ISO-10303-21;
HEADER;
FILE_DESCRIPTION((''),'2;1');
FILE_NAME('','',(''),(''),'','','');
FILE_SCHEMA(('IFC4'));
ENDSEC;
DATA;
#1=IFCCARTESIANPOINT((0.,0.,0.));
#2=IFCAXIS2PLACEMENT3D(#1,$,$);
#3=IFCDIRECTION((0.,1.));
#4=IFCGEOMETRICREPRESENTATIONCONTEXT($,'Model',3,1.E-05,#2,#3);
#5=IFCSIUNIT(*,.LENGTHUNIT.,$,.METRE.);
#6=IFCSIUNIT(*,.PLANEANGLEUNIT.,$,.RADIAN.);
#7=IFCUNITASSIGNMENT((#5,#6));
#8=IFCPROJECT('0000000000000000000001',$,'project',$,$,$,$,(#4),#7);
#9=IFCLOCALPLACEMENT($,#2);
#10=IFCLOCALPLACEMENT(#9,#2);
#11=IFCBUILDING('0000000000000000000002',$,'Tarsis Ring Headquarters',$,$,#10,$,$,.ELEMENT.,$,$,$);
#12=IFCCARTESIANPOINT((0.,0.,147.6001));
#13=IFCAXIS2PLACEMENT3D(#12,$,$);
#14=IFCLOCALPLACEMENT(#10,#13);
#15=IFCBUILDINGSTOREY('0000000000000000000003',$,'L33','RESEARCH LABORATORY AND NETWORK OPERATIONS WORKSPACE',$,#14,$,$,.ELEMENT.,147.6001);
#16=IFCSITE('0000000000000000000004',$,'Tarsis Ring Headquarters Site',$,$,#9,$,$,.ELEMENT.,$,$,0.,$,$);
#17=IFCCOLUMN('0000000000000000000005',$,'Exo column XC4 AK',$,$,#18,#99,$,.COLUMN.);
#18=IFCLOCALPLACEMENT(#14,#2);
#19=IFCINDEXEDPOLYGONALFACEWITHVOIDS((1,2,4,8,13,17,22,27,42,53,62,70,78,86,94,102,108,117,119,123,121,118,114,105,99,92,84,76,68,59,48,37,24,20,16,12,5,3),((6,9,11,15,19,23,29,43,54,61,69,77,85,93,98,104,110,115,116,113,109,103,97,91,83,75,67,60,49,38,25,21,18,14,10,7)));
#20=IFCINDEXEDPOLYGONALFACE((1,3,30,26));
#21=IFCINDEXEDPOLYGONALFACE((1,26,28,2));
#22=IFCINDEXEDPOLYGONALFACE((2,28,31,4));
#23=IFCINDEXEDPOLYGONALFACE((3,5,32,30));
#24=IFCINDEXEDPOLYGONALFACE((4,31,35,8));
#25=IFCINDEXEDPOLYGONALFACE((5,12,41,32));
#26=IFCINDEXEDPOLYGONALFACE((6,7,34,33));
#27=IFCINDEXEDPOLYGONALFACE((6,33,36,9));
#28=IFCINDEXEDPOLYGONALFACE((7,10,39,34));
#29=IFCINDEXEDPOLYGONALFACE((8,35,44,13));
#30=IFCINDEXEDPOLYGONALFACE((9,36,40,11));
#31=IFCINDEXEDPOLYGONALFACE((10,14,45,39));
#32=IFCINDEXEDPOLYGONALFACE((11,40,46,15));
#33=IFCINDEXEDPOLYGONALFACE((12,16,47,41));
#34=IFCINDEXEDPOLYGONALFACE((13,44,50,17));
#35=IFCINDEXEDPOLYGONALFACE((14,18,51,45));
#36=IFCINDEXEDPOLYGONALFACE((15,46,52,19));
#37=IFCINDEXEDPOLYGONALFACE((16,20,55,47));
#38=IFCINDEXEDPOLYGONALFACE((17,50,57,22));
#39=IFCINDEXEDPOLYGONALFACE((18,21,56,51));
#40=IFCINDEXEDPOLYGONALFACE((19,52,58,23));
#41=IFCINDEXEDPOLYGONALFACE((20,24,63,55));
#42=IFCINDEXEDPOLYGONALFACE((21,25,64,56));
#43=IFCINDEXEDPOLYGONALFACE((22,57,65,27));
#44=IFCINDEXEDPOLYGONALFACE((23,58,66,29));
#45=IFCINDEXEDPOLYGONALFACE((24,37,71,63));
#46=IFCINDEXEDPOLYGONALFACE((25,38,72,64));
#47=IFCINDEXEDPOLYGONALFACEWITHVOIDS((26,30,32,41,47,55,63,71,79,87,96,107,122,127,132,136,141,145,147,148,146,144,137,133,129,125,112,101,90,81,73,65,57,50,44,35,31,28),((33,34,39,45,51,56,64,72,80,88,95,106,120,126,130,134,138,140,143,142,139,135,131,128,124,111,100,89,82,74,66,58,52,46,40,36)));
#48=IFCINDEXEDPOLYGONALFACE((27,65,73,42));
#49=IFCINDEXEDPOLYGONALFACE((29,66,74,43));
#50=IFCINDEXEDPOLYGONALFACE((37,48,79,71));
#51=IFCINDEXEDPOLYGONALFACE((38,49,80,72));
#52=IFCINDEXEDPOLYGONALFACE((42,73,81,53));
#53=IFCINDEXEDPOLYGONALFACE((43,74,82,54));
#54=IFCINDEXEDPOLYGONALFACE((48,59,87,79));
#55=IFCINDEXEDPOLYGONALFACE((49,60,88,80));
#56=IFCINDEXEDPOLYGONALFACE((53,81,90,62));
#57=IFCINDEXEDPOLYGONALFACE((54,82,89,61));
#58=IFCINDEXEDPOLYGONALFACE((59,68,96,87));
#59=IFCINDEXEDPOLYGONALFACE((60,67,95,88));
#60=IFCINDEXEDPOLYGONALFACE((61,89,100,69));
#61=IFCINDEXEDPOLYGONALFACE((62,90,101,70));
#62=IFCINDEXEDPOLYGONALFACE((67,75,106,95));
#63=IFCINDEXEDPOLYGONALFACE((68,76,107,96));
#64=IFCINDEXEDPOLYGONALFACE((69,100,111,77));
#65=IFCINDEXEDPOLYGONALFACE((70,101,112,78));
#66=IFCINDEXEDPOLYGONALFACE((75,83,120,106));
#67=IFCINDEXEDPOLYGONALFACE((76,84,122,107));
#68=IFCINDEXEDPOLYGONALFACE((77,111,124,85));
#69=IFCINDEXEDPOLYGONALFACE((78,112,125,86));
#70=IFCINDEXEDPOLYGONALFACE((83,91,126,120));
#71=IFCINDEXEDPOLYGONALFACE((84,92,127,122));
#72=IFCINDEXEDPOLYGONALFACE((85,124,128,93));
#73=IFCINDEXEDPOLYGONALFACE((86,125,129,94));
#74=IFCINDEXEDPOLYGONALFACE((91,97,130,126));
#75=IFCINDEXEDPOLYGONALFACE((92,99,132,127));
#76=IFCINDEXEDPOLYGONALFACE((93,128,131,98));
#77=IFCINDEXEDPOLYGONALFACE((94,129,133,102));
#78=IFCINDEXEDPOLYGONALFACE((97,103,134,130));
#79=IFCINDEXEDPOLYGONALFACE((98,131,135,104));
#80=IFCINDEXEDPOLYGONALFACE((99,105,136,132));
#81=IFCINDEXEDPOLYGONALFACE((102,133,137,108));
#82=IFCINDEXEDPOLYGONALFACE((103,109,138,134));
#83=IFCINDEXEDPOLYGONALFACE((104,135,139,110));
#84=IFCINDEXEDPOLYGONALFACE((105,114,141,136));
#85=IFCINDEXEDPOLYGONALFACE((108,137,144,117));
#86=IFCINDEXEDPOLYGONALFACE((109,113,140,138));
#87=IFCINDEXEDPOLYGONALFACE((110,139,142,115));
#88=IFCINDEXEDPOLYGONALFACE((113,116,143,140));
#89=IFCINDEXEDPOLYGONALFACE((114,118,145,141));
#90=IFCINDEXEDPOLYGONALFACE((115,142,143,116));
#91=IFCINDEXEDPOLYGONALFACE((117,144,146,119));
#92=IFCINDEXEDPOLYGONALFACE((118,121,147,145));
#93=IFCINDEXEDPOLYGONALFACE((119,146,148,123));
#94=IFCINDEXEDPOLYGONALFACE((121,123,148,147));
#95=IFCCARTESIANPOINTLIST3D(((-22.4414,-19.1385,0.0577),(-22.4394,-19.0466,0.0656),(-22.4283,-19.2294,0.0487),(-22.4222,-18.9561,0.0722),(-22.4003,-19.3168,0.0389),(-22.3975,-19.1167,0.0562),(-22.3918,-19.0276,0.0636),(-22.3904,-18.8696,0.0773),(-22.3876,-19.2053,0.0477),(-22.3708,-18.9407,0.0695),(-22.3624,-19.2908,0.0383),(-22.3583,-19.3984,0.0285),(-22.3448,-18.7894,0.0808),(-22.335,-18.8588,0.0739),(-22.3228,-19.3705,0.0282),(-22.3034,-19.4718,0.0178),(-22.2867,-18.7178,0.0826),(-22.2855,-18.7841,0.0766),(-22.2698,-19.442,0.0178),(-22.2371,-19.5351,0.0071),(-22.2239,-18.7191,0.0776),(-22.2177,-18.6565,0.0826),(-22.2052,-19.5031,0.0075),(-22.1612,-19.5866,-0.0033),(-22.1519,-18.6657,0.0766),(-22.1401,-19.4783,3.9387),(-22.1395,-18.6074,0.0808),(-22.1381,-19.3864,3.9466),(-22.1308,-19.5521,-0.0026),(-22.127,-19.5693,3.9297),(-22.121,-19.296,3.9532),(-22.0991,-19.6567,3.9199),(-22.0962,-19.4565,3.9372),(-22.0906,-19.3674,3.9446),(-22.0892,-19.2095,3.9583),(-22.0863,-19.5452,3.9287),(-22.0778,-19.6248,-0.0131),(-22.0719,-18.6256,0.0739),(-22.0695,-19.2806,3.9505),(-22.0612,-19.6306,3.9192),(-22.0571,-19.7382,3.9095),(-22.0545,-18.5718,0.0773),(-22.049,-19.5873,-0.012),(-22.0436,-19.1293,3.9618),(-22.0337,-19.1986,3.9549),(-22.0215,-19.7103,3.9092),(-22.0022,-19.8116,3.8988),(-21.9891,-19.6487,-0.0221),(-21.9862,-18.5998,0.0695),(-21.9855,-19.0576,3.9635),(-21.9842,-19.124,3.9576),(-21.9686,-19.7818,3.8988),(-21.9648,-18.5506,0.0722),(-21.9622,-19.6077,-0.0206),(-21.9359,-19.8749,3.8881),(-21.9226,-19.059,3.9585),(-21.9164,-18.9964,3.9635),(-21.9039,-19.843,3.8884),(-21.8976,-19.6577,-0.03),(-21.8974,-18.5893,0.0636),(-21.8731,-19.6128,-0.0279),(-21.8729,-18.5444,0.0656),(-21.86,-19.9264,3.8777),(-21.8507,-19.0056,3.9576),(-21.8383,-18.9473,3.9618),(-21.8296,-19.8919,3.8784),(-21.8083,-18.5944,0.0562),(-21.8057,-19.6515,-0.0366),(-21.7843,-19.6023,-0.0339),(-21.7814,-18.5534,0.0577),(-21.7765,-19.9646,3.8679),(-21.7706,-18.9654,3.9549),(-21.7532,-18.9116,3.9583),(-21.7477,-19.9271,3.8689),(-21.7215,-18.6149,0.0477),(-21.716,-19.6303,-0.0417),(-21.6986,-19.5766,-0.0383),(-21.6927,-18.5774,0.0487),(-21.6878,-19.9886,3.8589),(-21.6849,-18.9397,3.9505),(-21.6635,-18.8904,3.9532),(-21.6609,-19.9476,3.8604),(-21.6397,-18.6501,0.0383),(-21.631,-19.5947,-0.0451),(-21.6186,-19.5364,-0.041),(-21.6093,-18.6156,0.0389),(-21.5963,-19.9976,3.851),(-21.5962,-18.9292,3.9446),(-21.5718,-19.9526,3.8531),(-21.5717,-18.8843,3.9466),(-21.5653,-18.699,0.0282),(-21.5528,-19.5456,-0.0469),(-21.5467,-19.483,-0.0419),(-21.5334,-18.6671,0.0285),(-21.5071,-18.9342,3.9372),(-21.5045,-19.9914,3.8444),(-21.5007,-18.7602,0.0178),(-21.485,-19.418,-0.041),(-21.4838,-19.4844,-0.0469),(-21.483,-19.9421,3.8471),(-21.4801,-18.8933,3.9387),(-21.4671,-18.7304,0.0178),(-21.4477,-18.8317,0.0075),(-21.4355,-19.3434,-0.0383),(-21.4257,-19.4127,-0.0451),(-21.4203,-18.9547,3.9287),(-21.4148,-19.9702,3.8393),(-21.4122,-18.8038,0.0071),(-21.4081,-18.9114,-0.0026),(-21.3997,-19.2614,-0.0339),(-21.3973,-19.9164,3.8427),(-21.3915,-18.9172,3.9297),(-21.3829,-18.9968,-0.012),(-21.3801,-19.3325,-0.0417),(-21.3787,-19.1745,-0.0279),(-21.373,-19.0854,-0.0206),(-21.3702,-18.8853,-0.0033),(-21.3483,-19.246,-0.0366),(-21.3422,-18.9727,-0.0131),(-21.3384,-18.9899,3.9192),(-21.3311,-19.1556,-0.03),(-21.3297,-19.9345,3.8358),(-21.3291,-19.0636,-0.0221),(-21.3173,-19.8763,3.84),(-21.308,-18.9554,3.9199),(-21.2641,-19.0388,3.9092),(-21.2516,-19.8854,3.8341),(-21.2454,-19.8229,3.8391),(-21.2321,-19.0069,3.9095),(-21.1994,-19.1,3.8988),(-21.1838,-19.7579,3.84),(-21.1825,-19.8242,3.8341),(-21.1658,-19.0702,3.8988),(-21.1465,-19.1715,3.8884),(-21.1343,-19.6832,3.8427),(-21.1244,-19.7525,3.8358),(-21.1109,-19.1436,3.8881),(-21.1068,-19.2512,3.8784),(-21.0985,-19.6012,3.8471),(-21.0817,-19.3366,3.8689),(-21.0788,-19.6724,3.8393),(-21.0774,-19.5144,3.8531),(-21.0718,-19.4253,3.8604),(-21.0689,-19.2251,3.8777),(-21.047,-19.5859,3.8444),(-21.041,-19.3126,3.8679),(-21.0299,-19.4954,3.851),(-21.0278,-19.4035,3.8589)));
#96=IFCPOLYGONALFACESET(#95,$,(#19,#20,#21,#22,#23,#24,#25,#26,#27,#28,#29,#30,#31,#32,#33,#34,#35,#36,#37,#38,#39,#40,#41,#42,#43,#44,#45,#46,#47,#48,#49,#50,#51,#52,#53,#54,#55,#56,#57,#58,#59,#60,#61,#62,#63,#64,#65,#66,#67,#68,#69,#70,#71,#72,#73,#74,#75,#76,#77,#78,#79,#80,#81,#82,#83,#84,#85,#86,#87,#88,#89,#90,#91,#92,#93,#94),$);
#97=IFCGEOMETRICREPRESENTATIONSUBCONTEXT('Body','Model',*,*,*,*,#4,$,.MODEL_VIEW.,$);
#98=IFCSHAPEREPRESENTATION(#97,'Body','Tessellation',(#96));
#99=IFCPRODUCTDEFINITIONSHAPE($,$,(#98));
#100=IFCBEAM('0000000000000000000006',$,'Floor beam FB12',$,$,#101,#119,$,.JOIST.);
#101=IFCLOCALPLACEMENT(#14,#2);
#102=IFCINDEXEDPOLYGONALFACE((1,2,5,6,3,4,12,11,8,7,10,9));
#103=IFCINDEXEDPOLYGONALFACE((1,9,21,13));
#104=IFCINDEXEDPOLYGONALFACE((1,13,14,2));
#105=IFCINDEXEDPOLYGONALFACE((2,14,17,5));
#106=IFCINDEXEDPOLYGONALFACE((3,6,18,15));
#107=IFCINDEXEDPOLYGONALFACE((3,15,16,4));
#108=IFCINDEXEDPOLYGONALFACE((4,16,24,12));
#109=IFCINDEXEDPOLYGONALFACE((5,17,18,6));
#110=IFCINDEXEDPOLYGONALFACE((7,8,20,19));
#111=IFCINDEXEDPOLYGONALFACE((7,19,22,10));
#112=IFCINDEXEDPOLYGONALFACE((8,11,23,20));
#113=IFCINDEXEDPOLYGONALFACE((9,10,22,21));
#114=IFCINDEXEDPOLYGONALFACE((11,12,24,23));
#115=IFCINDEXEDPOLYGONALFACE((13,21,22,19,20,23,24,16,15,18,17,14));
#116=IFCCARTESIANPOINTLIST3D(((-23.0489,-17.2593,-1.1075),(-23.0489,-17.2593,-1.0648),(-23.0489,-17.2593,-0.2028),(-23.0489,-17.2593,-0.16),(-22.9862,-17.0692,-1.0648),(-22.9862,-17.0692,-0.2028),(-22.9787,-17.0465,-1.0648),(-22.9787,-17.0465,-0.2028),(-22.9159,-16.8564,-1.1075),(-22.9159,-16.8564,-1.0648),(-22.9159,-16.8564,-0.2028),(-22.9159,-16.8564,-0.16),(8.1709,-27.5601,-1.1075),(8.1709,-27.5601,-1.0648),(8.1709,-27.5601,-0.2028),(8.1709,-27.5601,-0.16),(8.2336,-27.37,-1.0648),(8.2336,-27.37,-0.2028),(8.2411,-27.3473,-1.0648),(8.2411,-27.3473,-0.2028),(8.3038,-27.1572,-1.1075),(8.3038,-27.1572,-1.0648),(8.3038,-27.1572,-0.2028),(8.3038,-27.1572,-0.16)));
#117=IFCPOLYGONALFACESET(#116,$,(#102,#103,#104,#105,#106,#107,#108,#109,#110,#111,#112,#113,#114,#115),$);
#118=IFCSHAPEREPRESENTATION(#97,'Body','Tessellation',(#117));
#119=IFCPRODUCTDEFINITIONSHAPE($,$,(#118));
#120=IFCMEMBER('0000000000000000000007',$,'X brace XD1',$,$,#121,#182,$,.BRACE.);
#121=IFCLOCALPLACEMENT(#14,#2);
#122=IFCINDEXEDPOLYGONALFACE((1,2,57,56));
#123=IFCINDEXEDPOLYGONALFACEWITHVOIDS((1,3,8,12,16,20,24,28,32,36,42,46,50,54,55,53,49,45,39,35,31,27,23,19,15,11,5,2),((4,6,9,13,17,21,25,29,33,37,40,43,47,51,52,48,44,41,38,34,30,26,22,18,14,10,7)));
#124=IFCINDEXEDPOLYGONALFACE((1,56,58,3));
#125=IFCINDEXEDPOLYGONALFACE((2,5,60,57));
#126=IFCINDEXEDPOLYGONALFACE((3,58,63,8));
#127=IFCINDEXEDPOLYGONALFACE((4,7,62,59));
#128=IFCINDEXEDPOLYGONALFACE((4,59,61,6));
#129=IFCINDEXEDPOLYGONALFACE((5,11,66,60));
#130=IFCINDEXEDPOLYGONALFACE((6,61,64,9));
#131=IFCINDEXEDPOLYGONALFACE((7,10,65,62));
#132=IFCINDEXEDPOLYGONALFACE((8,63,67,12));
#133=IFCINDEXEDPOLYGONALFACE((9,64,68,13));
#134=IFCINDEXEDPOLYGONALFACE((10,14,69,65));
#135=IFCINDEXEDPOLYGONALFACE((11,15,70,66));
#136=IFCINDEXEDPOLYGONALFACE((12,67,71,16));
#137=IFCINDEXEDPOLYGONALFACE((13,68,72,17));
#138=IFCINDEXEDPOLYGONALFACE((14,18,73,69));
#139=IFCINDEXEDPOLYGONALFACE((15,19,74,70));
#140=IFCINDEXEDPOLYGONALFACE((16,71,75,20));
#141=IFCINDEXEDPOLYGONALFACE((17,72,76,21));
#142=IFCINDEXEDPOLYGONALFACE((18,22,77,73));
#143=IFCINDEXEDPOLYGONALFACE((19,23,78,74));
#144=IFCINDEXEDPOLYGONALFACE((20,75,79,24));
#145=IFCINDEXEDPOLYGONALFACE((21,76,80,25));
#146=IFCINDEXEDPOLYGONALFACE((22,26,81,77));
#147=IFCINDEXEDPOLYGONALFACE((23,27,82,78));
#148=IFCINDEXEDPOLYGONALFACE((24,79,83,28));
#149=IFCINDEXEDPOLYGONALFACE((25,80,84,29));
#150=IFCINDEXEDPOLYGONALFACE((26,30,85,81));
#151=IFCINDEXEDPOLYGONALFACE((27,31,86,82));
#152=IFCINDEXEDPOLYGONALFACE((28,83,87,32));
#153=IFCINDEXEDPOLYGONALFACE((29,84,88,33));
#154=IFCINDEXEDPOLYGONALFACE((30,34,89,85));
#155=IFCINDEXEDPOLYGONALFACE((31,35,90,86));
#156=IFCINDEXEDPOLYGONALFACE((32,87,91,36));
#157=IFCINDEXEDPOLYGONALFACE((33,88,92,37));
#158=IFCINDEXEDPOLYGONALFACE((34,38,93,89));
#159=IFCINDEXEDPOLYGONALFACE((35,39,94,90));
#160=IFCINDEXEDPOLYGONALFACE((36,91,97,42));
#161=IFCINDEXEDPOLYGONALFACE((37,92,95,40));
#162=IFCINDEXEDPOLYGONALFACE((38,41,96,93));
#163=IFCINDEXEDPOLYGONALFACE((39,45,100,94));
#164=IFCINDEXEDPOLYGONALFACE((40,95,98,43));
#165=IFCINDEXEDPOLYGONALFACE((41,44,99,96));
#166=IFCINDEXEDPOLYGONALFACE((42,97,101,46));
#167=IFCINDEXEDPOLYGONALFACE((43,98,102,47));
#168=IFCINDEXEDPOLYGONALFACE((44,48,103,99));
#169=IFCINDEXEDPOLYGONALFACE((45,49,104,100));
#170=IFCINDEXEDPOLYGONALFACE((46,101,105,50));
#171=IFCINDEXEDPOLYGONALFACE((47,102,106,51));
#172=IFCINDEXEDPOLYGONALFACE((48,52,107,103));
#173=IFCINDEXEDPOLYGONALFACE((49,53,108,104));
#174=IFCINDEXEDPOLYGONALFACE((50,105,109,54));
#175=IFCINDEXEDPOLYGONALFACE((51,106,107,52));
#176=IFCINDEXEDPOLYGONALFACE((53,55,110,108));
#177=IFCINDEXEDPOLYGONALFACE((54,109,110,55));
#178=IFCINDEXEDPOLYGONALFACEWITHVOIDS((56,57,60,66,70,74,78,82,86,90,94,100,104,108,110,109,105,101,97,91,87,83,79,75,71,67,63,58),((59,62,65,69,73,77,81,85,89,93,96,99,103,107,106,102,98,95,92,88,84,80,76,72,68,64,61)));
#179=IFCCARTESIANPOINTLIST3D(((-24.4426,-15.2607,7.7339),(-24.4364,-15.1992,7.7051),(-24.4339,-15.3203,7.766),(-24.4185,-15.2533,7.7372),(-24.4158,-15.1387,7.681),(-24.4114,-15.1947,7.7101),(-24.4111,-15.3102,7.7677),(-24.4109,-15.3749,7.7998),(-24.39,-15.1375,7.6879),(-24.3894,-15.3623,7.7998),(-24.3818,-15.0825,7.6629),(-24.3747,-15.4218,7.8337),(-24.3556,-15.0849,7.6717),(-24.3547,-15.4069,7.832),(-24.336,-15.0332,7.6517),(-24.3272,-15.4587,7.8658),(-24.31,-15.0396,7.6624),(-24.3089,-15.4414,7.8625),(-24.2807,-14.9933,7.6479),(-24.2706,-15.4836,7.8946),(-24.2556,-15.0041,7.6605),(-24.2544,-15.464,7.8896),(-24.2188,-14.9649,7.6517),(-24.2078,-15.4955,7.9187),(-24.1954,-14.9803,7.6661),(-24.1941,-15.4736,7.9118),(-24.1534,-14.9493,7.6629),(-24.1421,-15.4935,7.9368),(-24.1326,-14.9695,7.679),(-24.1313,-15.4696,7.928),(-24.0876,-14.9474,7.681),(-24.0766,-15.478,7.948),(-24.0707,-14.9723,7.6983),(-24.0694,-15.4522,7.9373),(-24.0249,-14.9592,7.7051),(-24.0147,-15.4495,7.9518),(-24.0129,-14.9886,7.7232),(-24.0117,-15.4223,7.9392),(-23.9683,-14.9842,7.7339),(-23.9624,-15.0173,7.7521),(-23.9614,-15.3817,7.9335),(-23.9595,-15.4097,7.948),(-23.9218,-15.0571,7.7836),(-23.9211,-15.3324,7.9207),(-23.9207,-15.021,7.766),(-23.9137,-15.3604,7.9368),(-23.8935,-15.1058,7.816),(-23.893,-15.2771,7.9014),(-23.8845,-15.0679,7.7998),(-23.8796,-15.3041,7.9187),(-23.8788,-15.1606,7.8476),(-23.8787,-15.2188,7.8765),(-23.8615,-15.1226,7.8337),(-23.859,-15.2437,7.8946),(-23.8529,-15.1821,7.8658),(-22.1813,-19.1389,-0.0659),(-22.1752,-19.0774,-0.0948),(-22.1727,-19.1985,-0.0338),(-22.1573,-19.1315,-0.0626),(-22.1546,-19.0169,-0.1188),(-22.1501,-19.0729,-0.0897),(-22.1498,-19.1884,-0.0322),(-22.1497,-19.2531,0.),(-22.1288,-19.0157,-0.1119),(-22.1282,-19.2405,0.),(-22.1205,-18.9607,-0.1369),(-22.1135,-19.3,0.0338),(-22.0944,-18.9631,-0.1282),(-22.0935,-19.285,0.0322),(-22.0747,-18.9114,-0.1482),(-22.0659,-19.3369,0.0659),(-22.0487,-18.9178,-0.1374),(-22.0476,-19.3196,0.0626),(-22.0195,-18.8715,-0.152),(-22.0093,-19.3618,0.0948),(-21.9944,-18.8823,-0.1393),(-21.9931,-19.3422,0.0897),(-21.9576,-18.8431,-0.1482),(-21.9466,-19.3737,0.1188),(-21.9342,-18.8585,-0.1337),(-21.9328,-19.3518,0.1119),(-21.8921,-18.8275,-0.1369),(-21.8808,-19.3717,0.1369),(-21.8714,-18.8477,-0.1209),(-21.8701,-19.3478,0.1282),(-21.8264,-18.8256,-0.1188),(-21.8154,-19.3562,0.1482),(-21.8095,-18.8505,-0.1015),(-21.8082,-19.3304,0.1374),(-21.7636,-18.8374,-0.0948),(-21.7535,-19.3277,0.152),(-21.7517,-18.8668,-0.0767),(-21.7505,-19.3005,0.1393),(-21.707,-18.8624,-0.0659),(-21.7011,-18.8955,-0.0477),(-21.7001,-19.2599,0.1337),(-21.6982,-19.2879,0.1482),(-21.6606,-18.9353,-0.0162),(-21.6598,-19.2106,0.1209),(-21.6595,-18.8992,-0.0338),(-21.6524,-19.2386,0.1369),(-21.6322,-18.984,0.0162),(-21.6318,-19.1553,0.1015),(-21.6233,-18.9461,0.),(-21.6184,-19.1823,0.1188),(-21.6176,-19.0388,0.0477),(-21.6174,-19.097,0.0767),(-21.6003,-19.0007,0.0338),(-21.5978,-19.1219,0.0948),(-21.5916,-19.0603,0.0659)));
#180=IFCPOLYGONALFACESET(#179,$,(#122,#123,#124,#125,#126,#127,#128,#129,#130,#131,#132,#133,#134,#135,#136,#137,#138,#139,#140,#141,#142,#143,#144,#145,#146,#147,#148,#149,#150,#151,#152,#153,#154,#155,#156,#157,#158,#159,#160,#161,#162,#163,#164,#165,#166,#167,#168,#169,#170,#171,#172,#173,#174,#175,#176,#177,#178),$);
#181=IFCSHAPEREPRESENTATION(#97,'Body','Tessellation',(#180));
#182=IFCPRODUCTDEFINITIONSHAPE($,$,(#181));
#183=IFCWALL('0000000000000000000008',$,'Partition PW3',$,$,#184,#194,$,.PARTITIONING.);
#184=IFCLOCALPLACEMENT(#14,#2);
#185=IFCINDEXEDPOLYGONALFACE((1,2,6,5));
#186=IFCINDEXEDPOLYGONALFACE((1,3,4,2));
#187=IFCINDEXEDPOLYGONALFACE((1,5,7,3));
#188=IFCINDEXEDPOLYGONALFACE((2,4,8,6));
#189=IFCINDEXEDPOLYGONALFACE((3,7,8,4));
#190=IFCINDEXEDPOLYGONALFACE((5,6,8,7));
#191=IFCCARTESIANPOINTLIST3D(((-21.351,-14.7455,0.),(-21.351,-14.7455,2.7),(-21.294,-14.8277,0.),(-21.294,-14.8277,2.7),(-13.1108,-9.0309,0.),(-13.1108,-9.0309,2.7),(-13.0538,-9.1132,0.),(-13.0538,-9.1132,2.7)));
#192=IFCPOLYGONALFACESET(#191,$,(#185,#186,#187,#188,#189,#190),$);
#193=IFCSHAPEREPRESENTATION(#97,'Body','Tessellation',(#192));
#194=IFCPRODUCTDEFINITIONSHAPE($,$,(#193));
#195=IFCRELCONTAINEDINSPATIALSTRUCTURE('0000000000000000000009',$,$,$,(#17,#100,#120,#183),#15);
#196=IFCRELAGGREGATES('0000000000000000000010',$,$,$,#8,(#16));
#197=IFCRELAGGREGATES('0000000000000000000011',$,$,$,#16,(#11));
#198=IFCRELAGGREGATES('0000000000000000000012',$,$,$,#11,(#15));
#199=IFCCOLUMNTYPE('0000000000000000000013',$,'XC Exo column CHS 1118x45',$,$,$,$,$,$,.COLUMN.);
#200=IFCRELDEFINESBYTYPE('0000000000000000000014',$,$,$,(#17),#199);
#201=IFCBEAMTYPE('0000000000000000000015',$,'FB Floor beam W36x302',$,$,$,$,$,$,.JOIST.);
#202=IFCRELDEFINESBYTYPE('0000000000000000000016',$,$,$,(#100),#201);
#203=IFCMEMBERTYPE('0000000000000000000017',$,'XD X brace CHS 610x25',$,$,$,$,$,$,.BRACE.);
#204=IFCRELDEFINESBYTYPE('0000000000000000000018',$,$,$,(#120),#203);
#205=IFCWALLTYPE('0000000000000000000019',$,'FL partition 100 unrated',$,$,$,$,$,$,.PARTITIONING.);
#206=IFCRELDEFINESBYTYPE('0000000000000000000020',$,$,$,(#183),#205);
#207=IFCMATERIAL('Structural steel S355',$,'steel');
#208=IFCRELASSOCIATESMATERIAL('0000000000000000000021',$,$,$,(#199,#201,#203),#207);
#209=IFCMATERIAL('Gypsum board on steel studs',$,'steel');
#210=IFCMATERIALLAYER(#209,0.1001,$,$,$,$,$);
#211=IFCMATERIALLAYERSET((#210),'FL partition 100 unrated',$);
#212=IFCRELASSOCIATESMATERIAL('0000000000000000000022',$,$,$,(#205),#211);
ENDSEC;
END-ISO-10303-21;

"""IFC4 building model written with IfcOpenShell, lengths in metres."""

from ifc_helpers import new_model, si_unit, direction, frame, frame_2d, origin, origin_2d, place, context, subcontext, project, spatial, rectangle, hollow_circle, i_section, extrude, material, layer, layer_set, material_profile, profile_set, type_object, element, save


model = new_model("IFC4")

# Units and contexts
model_context = context("Model", 3, precision=1e-05, world=origin(), true_north=direction((0.0, 1.0)))
body_context = subcontext(model_context, "Body", "Model", "MODEL_VIEW")
ifc_project = project(units=[si_unit("LENGTHUNIT", "METRE"), si_unit("PLANEANGLEUNIT", "RADIAN")], contexts=[model_context])

# Site, building, storey
site_placement = place(None, origin())
site = spatial("IfcSite", under=ifc_project, at=site_placement, Name="Tarsis Ring Headquarters Site", CompositionType="ELEMENT", RefElevation=0.0)
building_placement = place(site_placement, origin())
building = spatial("IfcBuilding", under=site, at=building_placement, Name="Tarsis Ring Headquarters", CompositionType="ELEMENT")
storey_placement = place(building_placement, frame((0.0, 0.0, 147.6001)))
storey = spatial("IfcBuildingStorey", under=building, at=storey_placement, Name="L33", Description="RESEARCH LABORATORY AND NETWORK OPERATIONS WORKSPACE", CompositionType="ELEMENT", Elevation=147.6001)

# Column
ifc_material_1 = material(Name="Structural steel S355", Category="steel")
ifc_material_profile_1 = material_profile(ifc_material_1, hollow_circle(Radius=0.5588, WallThickness=0.0449, at=origin_2d()), Name="CHS 1118x45")
ifc_profile_set_1 = profile_set([ifc_material_profile_1], Name="Structural steel S355")
column_type = type_object("IfcColumnType", Name="XC Exo column CHS 1118x45", PredefinedType="COLUMN", material=ifc_profile_set_1)
column_placement = place(storey_placement, frame((-21.8853, -19.1011, 0.0178), z_axis=(0.077099, -0.08697, 0.993223), x_axis=(0.748298, 0.663362, 0.0)))
element("IfcColumn", 1, at=column_placement, inside=storey, type_object=column_type, Name="Exo column XC4 AK", PredefinedType="COLUMN", context=body_context, shape_type="SweptSolid", body=[
    extrude(hollow_circle(Radius=0.5588, WallThickness=0.0449, at=origin_2d()), origin(), (0.0, 0.0, 1.0), 3.9075),
])

# Beam
ifc_material_profile_2 = material_profile(ifc_material_1, i_section(OverallWidth=0.4243, OverallDepth=0.9475, WebThickness=0.0239, FlangeThickness=0.0427, at=origin_2d()), Name="W36x302")
ifc_profile_set_2 = profile_set([ifc_material_profile_2], Name="Structural steel S355")
beam_type = type_object("IfcBeamType", Name="FB Floor beam W36x302", PredefinedType="JOIST", material=ifc_profile_set_2)
beam_placement = place(storey_placement, frame((-22.9824, -17.0579, -0.6338), z_axis=(0.949644, -0.31333, 0.0), x_axis=(0.31333, 0.949644, 0.0)))
element("IfcBeam", 2, at=beam_placement, inside=storey, type_object=beam_type, Name="Floor beam FB12", PredefinedType="JOIST", context=body_context, shape_type="SweptSolid", body=[
    extrude(i_section(OverallWidth=0.4243, OverallDepth=0.9475, WebThickness=0.0239, FlangeThickness=0.0427, at=origin_2d()), origin(), (0.0, 0.0, 1.0), 32.8752),
])

# Member
ifc_material_profile_3 = material_profile(ifc_material_1, hollow_circle(Radius=0.3047, WallThickness=0.0249, at=origin_2d()), Name="CHS 610x25")
ifc_profile_set_3 = profile_set([ifc_material_profile_3], Name="Structural steel S355")
member_type = type_object("IfcMemberType", Name="XD X brace CHS 610x25", PredefinedType="BRACE", material=ifc_profile_set_3)
member_placement = place(storey_placement, frame((-21.8865, -19.0996, 0.0), z_axis=(-0.251263, 0.430934, 0.866697), x_axis=(-0.863879, -0.503699, 0.0)))
element("IfcMember", 3, at=member_placement, inside=storey, type_object=member_type, Name="X brace XD1", PredefinedType="BRACE", context=body_context, shape_type="SweptSolid", body=[
    extrude(hollow_circle(Radius=0.3047, WallThickness=0.0249, at=origin_2d()), origin(), (0.0, 0.0, 1.0), 8.9995),
])

# Wall
ifc_material_2 = material(Name="Gypsum board on steel studs", Category="steel")
ifc_layer_1 = layer(ifc_material_2, 0.1001)
ifc_layer_set_1 = layer_set([ifc_layer_1], Name="FL partition 100 unrated")
wall_type_1 = type_object("IfcWallType", Name="FL partition 100 unrated", PredefinedType="PARTITIONING", material=ifc_layer_set_1)
wall_1_placement = place(storey_placement, frame((-21.3225, -14.7866, 0.0), z_axis=(0.0, 0.0, 1.0), x_axis=(0.821734, 0.569872, 0.0)))
element("IfcWall", 4, at=wall_1_placement, inside=storey, type_object=wall_type_1, Name="Partition PW3", PredefinedType="PARTITIONING", context=body_context, shape_type="SweptSolid", body=[
    extrude(rectangle(XDim=10.0278, YDim=0.1001, at=frame_2d((5.0139, 0.0))), origin(), (0.0, 0.0, 1.0), 2.7),
])

save(model, "model.ifc")
